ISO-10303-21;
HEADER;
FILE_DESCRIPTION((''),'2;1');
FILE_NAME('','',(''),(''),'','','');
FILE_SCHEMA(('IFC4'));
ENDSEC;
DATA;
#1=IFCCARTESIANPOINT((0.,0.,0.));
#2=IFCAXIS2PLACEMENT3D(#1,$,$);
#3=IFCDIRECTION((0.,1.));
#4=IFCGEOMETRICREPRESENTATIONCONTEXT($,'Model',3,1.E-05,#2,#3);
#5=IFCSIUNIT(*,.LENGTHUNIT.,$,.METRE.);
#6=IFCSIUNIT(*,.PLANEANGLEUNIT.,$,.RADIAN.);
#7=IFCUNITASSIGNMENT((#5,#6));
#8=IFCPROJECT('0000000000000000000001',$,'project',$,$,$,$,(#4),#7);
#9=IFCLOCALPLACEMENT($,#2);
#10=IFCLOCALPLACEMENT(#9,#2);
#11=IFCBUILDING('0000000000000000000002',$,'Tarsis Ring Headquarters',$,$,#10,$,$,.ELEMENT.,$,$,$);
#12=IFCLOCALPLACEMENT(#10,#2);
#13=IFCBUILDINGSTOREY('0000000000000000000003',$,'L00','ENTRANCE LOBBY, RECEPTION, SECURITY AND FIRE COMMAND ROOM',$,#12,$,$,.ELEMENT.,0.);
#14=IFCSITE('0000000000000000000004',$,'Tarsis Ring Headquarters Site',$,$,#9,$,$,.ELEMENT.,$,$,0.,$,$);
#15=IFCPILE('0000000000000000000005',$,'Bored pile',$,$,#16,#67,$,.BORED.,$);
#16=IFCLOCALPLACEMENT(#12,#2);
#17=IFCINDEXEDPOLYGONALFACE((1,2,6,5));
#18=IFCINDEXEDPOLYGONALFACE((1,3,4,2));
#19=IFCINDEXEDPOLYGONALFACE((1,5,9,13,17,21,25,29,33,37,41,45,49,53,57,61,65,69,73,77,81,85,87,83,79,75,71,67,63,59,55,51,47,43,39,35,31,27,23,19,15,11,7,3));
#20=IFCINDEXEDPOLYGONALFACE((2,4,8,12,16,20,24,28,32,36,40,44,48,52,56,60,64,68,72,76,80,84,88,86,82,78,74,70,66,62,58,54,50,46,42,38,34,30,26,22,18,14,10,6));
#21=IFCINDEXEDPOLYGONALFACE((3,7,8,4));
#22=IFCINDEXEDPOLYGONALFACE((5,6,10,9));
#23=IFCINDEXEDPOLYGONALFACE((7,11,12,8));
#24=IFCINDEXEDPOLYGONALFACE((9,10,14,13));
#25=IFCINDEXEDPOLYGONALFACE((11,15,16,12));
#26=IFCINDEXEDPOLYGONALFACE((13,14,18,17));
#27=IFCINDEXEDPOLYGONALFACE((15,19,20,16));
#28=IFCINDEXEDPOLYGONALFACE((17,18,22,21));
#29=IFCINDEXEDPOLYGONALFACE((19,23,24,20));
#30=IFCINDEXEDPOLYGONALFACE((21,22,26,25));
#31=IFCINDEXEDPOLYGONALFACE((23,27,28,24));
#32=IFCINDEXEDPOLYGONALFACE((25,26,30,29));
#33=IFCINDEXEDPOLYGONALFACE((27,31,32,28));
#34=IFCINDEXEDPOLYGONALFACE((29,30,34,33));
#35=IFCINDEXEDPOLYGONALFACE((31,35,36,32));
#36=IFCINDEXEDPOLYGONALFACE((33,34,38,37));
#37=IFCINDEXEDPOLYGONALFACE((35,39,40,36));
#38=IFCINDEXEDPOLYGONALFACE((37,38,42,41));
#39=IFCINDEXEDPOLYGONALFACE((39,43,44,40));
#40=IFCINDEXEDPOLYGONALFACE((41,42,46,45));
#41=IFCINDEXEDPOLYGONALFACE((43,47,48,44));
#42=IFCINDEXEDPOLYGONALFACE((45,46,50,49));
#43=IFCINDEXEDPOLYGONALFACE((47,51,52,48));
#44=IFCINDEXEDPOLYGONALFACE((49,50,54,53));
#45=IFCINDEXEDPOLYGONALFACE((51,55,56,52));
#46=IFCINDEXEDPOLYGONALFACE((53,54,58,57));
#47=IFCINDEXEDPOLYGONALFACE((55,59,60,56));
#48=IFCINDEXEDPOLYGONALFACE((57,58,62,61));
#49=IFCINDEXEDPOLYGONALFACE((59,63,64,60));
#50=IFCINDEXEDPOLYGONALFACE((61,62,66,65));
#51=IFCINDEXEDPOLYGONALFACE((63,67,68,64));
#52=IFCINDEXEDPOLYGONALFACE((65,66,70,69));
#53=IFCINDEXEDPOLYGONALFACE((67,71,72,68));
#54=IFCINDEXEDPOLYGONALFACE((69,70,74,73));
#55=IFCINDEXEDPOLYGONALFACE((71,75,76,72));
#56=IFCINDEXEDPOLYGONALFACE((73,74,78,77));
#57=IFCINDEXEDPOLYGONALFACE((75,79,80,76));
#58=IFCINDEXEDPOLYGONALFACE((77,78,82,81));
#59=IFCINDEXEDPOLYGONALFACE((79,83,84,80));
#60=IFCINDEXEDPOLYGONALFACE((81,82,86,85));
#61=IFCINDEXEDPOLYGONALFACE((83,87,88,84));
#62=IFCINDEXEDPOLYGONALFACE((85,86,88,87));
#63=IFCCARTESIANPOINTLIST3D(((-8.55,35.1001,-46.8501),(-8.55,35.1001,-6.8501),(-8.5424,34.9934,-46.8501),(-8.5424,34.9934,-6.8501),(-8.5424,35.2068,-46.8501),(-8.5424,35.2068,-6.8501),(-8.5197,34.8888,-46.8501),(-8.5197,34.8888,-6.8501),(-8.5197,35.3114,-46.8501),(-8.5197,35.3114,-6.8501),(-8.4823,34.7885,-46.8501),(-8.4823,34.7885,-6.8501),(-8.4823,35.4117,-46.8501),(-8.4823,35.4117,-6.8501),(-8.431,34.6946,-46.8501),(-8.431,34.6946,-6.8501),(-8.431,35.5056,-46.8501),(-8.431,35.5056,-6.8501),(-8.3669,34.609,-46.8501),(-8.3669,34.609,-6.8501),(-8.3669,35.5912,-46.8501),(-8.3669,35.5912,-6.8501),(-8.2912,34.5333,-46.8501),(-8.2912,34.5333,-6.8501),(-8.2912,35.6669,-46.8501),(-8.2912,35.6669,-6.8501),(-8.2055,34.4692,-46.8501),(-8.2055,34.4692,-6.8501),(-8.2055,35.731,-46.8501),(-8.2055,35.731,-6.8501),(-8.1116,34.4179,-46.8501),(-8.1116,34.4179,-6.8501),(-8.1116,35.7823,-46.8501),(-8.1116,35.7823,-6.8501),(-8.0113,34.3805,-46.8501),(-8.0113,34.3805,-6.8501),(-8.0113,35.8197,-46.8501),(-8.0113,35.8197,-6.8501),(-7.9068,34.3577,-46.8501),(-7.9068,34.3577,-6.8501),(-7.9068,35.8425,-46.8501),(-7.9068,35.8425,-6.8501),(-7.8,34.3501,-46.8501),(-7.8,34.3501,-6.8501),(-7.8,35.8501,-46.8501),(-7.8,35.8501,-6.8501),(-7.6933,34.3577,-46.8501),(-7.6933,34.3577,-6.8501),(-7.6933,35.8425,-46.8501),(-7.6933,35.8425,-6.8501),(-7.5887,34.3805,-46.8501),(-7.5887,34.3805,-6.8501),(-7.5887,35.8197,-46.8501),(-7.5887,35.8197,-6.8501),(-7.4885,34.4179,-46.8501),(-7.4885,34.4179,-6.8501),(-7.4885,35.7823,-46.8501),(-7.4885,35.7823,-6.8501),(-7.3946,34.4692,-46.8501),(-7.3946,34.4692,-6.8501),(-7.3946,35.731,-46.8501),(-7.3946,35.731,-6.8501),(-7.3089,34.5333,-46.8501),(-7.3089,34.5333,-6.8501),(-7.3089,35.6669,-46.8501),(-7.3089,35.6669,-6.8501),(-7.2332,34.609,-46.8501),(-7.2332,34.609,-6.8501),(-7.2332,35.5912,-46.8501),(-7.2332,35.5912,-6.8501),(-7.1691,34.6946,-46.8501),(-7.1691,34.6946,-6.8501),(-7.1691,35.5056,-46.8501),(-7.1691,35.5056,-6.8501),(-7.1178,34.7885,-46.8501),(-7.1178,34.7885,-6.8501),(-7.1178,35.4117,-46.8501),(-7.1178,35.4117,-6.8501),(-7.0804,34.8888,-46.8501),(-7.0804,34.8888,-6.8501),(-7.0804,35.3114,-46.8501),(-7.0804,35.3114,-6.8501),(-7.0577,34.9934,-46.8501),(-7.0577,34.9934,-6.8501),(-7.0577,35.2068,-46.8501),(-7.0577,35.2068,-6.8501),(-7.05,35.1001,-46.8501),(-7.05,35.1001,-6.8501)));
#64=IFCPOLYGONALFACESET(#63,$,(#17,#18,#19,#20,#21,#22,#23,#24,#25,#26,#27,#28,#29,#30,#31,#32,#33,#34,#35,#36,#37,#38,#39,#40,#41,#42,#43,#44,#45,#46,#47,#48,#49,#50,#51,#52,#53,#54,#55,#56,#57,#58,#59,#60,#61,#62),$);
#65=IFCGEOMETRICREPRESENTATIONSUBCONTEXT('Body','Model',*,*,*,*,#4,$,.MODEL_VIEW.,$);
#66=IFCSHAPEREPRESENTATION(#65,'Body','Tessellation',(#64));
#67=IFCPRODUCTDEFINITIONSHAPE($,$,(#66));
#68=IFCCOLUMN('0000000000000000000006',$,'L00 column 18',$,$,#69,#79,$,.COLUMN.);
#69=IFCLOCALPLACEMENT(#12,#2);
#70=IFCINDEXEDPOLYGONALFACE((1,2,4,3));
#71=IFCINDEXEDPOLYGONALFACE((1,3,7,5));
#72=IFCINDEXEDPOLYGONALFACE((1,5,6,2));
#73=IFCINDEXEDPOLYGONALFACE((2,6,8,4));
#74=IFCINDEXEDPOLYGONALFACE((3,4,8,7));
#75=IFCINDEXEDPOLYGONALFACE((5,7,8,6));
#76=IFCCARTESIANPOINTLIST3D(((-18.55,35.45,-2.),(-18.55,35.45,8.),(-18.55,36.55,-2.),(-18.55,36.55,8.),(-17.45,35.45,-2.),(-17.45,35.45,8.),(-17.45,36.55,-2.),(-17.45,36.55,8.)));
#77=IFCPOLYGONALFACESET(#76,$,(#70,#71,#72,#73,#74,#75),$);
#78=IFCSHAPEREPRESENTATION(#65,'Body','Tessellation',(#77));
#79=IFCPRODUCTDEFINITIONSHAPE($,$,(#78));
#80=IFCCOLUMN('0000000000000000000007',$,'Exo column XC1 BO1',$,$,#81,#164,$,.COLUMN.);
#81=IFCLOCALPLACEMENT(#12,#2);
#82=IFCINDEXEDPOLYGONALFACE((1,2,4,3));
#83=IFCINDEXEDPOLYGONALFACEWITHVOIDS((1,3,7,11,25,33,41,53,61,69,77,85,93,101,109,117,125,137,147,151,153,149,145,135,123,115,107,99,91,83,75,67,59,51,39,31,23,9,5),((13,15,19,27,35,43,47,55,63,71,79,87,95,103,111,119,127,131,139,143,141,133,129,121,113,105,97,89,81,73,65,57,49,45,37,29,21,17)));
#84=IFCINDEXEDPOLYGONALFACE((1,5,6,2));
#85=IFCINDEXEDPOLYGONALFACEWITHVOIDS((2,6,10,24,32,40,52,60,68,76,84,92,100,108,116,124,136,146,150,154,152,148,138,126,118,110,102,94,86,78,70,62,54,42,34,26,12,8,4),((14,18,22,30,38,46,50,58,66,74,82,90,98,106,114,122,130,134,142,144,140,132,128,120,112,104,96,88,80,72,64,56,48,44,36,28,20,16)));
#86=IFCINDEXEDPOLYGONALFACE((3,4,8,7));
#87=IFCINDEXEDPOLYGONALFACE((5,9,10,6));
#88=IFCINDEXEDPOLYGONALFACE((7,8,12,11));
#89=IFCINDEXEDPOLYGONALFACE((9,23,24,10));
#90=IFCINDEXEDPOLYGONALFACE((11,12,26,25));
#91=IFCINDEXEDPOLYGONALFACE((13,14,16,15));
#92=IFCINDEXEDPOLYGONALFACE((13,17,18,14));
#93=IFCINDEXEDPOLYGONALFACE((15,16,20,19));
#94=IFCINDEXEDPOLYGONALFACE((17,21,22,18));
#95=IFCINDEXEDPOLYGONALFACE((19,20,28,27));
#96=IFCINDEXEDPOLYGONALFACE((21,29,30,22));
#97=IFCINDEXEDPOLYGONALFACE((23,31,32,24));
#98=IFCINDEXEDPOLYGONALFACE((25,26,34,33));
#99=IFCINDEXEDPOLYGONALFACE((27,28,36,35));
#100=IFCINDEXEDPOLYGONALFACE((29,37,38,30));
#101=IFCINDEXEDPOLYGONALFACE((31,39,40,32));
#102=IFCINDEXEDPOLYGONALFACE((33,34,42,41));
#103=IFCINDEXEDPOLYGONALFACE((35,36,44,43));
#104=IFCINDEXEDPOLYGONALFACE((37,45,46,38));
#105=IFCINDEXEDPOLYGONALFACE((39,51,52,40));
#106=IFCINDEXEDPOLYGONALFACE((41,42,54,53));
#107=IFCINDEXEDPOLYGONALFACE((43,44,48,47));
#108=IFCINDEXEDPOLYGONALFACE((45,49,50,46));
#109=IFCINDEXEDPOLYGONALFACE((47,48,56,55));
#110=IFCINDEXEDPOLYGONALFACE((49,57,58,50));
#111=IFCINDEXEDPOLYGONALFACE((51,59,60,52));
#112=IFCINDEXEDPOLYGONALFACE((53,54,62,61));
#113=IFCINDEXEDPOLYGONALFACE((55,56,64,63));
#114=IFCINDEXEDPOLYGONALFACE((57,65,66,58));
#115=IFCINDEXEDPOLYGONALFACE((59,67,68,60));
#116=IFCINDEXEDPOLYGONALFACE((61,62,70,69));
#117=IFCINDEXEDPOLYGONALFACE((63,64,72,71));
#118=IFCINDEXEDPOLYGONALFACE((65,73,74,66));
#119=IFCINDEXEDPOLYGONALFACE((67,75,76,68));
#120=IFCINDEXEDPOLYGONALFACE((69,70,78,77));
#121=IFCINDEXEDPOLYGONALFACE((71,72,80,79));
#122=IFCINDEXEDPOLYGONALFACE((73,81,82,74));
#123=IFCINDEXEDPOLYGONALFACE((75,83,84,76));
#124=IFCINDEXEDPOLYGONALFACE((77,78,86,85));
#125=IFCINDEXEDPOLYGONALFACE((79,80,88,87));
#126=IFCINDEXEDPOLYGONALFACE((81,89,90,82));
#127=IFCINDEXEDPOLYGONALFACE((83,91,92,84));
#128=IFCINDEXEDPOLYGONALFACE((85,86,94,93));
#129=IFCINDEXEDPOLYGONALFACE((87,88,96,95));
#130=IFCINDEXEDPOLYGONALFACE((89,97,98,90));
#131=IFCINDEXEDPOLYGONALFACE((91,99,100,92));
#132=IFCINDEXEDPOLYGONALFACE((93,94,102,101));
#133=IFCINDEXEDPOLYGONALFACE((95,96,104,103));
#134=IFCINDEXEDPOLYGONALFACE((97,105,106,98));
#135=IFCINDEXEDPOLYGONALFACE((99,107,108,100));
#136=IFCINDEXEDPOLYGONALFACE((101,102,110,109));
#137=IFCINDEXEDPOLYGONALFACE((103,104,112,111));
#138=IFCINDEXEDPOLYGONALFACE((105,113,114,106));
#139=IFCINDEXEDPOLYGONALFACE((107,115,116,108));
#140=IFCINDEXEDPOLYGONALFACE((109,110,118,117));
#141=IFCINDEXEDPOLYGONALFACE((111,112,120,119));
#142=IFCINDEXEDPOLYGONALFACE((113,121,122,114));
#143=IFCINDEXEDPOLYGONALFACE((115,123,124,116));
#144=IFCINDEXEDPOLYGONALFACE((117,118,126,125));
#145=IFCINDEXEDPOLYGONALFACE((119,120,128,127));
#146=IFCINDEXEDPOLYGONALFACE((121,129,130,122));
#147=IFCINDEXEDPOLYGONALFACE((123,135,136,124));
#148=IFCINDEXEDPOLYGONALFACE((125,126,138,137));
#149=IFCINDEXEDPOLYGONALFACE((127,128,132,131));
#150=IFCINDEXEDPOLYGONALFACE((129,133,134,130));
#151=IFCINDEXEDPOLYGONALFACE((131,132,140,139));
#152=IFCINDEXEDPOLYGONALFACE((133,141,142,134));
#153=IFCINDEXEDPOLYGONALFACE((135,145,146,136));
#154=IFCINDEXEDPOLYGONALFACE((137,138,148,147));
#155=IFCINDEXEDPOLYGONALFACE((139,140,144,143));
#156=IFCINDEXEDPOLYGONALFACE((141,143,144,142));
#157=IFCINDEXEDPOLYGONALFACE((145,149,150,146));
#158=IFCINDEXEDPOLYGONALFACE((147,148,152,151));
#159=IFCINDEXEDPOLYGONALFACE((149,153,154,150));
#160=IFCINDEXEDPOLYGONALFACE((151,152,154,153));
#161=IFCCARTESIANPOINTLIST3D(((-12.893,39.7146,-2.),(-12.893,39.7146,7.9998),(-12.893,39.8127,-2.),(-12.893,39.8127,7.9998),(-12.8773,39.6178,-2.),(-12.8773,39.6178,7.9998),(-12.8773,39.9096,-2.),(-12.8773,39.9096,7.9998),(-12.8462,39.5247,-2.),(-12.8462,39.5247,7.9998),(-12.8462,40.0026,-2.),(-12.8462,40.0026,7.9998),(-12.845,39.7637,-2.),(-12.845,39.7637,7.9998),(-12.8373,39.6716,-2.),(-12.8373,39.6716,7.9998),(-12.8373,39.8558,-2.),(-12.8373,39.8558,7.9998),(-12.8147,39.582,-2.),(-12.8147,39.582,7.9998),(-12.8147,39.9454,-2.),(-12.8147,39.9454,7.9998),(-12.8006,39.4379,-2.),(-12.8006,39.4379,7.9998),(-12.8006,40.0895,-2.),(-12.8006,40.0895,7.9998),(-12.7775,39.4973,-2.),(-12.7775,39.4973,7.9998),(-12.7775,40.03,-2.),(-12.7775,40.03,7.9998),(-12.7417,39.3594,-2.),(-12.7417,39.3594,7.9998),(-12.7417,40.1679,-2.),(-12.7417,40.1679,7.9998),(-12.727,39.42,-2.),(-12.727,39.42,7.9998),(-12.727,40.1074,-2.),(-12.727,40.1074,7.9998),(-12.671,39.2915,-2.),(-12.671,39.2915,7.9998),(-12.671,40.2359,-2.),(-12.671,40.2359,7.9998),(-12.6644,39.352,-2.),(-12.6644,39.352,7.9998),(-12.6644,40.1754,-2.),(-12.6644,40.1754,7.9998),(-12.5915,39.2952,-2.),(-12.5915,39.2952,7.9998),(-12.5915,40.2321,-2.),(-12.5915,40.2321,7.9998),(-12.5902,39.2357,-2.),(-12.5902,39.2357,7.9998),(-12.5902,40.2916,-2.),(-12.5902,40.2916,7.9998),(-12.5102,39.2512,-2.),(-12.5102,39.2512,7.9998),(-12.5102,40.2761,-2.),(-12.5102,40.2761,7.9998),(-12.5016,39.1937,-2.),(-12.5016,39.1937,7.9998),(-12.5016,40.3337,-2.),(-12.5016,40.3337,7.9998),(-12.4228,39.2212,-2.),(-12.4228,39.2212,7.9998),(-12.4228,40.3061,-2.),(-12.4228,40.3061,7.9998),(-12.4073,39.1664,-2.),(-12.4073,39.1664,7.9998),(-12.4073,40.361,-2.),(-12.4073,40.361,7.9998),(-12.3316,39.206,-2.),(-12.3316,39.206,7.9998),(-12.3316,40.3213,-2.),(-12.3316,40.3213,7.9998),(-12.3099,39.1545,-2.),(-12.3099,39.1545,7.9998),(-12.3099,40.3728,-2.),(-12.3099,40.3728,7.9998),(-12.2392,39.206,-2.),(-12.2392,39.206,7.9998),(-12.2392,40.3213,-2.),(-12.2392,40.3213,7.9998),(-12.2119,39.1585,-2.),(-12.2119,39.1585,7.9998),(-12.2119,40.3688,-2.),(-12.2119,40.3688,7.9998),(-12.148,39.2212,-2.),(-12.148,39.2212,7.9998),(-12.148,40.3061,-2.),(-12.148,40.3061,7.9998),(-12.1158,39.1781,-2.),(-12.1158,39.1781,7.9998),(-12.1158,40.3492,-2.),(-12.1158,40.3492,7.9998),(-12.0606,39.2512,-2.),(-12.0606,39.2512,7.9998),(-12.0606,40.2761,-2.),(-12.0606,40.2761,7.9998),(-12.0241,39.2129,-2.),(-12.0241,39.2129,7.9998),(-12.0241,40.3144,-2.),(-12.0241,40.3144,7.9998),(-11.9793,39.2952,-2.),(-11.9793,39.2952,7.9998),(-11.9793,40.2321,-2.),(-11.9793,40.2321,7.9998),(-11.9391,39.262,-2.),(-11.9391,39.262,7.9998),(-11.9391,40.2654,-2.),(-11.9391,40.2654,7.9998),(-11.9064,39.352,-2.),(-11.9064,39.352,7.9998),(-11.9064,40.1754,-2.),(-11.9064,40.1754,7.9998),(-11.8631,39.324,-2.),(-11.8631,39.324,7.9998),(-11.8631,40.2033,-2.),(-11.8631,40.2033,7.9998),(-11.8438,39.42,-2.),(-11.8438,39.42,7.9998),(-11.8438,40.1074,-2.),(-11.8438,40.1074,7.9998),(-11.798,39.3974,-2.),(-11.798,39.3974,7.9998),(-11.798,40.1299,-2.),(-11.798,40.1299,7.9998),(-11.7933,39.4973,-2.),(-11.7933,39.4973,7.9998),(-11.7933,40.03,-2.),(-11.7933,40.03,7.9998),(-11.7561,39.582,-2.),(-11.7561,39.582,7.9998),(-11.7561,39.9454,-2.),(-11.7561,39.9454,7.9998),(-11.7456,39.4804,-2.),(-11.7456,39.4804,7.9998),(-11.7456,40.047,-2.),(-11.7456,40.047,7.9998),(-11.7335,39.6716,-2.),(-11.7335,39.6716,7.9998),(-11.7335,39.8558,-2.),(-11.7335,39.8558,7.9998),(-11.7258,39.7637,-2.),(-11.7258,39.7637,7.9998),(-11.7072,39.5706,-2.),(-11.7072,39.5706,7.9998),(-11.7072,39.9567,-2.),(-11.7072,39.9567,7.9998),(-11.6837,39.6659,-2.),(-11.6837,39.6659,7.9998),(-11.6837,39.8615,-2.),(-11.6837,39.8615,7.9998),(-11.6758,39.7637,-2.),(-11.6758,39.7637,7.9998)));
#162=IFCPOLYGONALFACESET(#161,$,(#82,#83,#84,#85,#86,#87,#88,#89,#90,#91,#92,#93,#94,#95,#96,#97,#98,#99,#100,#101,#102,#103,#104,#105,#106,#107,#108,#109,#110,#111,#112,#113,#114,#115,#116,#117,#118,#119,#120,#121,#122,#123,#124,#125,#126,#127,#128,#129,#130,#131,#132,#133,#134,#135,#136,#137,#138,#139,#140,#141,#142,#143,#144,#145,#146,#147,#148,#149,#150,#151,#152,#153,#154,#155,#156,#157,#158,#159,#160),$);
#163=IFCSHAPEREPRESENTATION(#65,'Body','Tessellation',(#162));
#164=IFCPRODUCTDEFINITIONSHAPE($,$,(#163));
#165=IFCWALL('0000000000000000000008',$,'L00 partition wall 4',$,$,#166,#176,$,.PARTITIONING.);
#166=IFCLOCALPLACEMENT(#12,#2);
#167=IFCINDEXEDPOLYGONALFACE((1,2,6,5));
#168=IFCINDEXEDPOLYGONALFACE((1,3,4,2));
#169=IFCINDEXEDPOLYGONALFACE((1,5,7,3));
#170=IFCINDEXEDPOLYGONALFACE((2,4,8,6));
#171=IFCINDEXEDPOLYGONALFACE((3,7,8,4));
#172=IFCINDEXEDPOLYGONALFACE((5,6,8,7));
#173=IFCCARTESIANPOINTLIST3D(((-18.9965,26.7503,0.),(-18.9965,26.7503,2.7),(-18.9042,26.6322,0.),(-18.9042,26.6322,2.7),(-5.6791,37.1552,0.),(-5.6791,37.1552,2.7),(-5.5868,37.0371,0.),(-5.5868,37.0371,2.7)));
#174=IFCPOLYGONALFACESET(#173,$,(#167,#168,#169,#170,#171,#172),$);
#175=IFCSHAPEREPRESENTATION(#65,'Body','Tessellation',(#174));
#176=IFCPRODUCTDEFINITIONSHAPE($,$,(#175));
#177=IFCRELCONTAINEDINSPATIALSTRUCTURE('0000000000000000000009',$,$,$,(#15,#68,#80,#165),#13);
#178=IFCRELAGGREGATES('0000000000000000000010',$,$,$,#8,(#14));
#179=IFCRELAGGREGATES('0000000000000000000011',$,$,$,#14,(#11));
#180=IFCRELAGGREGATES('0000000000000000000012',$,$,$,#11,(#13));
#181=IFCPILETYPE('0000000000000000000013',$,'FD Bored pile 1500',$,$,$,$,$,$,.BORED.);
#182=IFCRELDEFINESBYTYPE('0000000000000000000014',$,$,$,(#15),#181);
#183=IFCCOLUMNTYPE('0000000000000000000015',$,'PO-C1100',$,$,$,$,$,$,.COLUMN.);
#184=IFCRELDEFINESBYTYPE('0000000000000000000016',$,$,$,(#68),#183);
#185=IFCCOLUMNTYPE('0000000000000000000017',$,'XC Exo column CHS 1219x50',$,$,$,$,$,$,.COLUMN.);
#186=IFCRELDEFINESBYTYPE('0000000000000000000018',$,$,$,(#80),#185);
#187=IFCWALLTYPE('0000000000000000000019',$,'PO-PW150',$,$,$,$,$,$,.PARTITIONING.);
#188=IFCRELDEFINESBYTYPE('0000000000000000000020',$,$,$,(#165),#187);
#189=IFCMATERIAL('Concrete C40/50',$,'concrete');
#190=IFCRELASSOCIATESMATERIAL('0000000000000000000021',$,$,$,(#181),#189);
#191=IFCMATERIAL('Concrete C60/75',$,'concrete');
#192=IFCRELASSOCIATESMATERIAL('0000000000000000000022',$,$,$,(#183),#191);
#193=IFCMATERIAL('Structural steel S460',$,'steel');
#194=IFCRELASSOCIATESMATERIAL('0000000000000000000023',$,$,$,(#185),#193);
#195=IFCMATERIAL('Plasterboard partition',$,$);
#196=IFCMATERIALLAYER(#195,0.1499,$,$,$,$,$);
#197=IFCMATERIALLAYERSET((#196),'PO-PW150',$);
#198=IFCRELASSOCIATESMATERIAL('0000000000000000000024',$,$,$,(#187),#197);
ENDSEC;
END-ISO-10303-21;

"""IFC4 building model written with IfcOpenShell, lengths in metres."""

from ifc_helpers import new_model, si_unit, direction, frame, frame_2d, origin, origin_2d, place, context, subcontext, project, spatial, rectangle, circle, hollow_circle, extrude, material, layer, layer_set, material_profile, profile_set, type_object, element, save


model = new_model("IFC4")

# Units and contexts
model_context = context("Model", 3, precision=1e-05, world=origin(), true_north=direction((0.0, 1.0)))
body_context = subcontext(model_context, "Body", "Model", "MODEL_VIEW")
ifc_project = project(units=[si_unit("LENGTHUNIT", "METRE"), si_unit("PLANEANGLEUNIT", "RADIAN")], contexts=[model_context])

# Site, building, storey
site_placement = place(None, origin())
site = spatial("IfcSite", under=ifc_project, at=site_placement, Name="Tarsis Ring Headquarters Site", CompositionType="ELEMENT", RefElevation=0.0)
building_placement = place(site_placement, origin())
building = spatial("IfcBuilding", under=site, at=building_placement, Name="Tarsis Ring Headquarters", CompositionType="ELEMENT")
storey_placement = place(building_placement, origin())
storey = spatial("IfcBuildingStorey", under=building, at=storey_placement, Name="L00", Description="ENTRANCE LOBBY, RECEPTION, SECURITY AND FIRE COMMAND ROOM", CompositionType="ELEMENT", Elevation=0.0)

# Pile
ifc_material_1 = material(Name="Concrete C40/50", Category="concrete")
ifc_material_profile_1 = material_profile(ifc_material_1, circle(Radius=0.75, at=origin_2d()), Name="BORED 1500")
ifc_profile_set_1 = profile_set([ifc_material_profile_1], Name="Concrete C40/50")
pile_type_1 = type_object("IfcPileType", Name="FD Bored pile 1500", PredefinedType="BORED", material=ifc_profile_set_1)
for number, where, z_axis, x_axis, name in (
    (1, (-7.8, 35.1001, -6.8501), (0.0, 0.0, -1.0), (1.0, 0.0, 0.0), "Bored pile"),
):
    element("IfcPile", number, at=place(storey_placement, frame(where, z_axis=z_axis, x_axis=x_axis)), inside=storey, type_object=pile_type_1, Name=name, PredefinedType="BORED", context=body_context, shape_type="SweptSolid", body=[
        extrude(circle(Radius=0.75, at=origin_2d()), origin(), (0.0, 0.0, 1.0), 40.0),
    ])

# Columns
ifc_material_2 = material(Name="Concrete C60/75", Category="concrete")
ifc_material_profile_2 = material_profile(ifc_material_2, rectangle(XDim=1.1001, YDim=1.1001, at=origin_2d()), Name="PO-C1100")
ifc_profile_set_2 = profile_set([ifc_material_profile_2], Name="Concrete C60/75")
column_type_1 = type_object("IfcColumnType", Name="PO-C1100", PredefinedType="COLUMN", material=ifc_profile_set_2)
column_1_placement = place(storey_placement, frame((-18.0, 36.0, -2.0), z_axis=(0.0, 0.0, 1.0), x_axis=(1.0, 0.0, 0.0)))
element("IfcColumn", 2, at=column_1_placement, inside=storey, type_object=column_type_1, Name="L00 column 18", PredefinedType="COLUMN", context=body_context, shape_type="SweptSolid", body=[
    extrude(rectangle(XDim=1.1001, YDim=1.1001, at=origin_2d()), origin(), (0.0, 0.0, 1.0), 10.0),
])
ifc_material_3 = material(Name="Structural steel S460", Category="steel")
ifc_material_profile_3 = material_profile(ifc_material_3, hollow_circle(Radius=0.6096, WallThickness=0.05, at=origin_2d()), Name="CHS 1219x50")
ifc_profile_set_3 = profile_set([ifc_material_profile_3], Name="Structural steel S460")
column_type_2 = type_object("IfcColumnType", Name="XC Exo column CHS 1219x50", PredefinedType="COLUMN", material=ifc_profile_set_3)
column_2_placement = place(storey_placement, frame((-12.2854, 39.7637, -2.0), z_axis=(0.0, 0.0, 1.0), x_axis=(1.0, 0.0, 0.0)))
element("IfcColumn", 3, at=column_2_placement, inside=storey, type_object=column_type_2, Name="Exo column XC1 BO1", PredefinedType="COLUMN", context=body_context, shape_type="SweptSolid", body=[
    extrude(hollow_circle(Radius=0.6096, WallThickness=0.05, at=origin_2d()), origin(), (0.0, 0.0, 1.0), 9.9998),
])

# Wall
ifc_material_4 = material(Name="Plasterboard partition")
ifc_layer = layer(ifc_material_4, 0.1499)
ifc_layer_set = layer_set([ifc_layer], Name="PO-PW150")
wall_type = type_object("IfcWallType", Name="PO-PW150", PredefinedType="PARTITIONING", material=ifc_layer_set)
wall_placement = place(storey_placement, frame((-5.6328, 37.0962, 0.0), z_axis=(0.0, 0.0, 1.0), x_axis=(-0.788008, -0.615665, 0.0)))
element("IfcWall", 4, at=wall_placement, inside=storey, type_object=wall_type, Name="L00 partition wall 4", PredefinedType="PARTITIONING", context=body_context, shape_type="SweptSolid", body=[
    extrude(rectangle(XDim=16.9001, YDim=0.1499, at=frame_2d((8.4502, 0.0))), origin(), (0.0, 0.0, 1.0), 2.7),
])

save(model, "model.ifc")
